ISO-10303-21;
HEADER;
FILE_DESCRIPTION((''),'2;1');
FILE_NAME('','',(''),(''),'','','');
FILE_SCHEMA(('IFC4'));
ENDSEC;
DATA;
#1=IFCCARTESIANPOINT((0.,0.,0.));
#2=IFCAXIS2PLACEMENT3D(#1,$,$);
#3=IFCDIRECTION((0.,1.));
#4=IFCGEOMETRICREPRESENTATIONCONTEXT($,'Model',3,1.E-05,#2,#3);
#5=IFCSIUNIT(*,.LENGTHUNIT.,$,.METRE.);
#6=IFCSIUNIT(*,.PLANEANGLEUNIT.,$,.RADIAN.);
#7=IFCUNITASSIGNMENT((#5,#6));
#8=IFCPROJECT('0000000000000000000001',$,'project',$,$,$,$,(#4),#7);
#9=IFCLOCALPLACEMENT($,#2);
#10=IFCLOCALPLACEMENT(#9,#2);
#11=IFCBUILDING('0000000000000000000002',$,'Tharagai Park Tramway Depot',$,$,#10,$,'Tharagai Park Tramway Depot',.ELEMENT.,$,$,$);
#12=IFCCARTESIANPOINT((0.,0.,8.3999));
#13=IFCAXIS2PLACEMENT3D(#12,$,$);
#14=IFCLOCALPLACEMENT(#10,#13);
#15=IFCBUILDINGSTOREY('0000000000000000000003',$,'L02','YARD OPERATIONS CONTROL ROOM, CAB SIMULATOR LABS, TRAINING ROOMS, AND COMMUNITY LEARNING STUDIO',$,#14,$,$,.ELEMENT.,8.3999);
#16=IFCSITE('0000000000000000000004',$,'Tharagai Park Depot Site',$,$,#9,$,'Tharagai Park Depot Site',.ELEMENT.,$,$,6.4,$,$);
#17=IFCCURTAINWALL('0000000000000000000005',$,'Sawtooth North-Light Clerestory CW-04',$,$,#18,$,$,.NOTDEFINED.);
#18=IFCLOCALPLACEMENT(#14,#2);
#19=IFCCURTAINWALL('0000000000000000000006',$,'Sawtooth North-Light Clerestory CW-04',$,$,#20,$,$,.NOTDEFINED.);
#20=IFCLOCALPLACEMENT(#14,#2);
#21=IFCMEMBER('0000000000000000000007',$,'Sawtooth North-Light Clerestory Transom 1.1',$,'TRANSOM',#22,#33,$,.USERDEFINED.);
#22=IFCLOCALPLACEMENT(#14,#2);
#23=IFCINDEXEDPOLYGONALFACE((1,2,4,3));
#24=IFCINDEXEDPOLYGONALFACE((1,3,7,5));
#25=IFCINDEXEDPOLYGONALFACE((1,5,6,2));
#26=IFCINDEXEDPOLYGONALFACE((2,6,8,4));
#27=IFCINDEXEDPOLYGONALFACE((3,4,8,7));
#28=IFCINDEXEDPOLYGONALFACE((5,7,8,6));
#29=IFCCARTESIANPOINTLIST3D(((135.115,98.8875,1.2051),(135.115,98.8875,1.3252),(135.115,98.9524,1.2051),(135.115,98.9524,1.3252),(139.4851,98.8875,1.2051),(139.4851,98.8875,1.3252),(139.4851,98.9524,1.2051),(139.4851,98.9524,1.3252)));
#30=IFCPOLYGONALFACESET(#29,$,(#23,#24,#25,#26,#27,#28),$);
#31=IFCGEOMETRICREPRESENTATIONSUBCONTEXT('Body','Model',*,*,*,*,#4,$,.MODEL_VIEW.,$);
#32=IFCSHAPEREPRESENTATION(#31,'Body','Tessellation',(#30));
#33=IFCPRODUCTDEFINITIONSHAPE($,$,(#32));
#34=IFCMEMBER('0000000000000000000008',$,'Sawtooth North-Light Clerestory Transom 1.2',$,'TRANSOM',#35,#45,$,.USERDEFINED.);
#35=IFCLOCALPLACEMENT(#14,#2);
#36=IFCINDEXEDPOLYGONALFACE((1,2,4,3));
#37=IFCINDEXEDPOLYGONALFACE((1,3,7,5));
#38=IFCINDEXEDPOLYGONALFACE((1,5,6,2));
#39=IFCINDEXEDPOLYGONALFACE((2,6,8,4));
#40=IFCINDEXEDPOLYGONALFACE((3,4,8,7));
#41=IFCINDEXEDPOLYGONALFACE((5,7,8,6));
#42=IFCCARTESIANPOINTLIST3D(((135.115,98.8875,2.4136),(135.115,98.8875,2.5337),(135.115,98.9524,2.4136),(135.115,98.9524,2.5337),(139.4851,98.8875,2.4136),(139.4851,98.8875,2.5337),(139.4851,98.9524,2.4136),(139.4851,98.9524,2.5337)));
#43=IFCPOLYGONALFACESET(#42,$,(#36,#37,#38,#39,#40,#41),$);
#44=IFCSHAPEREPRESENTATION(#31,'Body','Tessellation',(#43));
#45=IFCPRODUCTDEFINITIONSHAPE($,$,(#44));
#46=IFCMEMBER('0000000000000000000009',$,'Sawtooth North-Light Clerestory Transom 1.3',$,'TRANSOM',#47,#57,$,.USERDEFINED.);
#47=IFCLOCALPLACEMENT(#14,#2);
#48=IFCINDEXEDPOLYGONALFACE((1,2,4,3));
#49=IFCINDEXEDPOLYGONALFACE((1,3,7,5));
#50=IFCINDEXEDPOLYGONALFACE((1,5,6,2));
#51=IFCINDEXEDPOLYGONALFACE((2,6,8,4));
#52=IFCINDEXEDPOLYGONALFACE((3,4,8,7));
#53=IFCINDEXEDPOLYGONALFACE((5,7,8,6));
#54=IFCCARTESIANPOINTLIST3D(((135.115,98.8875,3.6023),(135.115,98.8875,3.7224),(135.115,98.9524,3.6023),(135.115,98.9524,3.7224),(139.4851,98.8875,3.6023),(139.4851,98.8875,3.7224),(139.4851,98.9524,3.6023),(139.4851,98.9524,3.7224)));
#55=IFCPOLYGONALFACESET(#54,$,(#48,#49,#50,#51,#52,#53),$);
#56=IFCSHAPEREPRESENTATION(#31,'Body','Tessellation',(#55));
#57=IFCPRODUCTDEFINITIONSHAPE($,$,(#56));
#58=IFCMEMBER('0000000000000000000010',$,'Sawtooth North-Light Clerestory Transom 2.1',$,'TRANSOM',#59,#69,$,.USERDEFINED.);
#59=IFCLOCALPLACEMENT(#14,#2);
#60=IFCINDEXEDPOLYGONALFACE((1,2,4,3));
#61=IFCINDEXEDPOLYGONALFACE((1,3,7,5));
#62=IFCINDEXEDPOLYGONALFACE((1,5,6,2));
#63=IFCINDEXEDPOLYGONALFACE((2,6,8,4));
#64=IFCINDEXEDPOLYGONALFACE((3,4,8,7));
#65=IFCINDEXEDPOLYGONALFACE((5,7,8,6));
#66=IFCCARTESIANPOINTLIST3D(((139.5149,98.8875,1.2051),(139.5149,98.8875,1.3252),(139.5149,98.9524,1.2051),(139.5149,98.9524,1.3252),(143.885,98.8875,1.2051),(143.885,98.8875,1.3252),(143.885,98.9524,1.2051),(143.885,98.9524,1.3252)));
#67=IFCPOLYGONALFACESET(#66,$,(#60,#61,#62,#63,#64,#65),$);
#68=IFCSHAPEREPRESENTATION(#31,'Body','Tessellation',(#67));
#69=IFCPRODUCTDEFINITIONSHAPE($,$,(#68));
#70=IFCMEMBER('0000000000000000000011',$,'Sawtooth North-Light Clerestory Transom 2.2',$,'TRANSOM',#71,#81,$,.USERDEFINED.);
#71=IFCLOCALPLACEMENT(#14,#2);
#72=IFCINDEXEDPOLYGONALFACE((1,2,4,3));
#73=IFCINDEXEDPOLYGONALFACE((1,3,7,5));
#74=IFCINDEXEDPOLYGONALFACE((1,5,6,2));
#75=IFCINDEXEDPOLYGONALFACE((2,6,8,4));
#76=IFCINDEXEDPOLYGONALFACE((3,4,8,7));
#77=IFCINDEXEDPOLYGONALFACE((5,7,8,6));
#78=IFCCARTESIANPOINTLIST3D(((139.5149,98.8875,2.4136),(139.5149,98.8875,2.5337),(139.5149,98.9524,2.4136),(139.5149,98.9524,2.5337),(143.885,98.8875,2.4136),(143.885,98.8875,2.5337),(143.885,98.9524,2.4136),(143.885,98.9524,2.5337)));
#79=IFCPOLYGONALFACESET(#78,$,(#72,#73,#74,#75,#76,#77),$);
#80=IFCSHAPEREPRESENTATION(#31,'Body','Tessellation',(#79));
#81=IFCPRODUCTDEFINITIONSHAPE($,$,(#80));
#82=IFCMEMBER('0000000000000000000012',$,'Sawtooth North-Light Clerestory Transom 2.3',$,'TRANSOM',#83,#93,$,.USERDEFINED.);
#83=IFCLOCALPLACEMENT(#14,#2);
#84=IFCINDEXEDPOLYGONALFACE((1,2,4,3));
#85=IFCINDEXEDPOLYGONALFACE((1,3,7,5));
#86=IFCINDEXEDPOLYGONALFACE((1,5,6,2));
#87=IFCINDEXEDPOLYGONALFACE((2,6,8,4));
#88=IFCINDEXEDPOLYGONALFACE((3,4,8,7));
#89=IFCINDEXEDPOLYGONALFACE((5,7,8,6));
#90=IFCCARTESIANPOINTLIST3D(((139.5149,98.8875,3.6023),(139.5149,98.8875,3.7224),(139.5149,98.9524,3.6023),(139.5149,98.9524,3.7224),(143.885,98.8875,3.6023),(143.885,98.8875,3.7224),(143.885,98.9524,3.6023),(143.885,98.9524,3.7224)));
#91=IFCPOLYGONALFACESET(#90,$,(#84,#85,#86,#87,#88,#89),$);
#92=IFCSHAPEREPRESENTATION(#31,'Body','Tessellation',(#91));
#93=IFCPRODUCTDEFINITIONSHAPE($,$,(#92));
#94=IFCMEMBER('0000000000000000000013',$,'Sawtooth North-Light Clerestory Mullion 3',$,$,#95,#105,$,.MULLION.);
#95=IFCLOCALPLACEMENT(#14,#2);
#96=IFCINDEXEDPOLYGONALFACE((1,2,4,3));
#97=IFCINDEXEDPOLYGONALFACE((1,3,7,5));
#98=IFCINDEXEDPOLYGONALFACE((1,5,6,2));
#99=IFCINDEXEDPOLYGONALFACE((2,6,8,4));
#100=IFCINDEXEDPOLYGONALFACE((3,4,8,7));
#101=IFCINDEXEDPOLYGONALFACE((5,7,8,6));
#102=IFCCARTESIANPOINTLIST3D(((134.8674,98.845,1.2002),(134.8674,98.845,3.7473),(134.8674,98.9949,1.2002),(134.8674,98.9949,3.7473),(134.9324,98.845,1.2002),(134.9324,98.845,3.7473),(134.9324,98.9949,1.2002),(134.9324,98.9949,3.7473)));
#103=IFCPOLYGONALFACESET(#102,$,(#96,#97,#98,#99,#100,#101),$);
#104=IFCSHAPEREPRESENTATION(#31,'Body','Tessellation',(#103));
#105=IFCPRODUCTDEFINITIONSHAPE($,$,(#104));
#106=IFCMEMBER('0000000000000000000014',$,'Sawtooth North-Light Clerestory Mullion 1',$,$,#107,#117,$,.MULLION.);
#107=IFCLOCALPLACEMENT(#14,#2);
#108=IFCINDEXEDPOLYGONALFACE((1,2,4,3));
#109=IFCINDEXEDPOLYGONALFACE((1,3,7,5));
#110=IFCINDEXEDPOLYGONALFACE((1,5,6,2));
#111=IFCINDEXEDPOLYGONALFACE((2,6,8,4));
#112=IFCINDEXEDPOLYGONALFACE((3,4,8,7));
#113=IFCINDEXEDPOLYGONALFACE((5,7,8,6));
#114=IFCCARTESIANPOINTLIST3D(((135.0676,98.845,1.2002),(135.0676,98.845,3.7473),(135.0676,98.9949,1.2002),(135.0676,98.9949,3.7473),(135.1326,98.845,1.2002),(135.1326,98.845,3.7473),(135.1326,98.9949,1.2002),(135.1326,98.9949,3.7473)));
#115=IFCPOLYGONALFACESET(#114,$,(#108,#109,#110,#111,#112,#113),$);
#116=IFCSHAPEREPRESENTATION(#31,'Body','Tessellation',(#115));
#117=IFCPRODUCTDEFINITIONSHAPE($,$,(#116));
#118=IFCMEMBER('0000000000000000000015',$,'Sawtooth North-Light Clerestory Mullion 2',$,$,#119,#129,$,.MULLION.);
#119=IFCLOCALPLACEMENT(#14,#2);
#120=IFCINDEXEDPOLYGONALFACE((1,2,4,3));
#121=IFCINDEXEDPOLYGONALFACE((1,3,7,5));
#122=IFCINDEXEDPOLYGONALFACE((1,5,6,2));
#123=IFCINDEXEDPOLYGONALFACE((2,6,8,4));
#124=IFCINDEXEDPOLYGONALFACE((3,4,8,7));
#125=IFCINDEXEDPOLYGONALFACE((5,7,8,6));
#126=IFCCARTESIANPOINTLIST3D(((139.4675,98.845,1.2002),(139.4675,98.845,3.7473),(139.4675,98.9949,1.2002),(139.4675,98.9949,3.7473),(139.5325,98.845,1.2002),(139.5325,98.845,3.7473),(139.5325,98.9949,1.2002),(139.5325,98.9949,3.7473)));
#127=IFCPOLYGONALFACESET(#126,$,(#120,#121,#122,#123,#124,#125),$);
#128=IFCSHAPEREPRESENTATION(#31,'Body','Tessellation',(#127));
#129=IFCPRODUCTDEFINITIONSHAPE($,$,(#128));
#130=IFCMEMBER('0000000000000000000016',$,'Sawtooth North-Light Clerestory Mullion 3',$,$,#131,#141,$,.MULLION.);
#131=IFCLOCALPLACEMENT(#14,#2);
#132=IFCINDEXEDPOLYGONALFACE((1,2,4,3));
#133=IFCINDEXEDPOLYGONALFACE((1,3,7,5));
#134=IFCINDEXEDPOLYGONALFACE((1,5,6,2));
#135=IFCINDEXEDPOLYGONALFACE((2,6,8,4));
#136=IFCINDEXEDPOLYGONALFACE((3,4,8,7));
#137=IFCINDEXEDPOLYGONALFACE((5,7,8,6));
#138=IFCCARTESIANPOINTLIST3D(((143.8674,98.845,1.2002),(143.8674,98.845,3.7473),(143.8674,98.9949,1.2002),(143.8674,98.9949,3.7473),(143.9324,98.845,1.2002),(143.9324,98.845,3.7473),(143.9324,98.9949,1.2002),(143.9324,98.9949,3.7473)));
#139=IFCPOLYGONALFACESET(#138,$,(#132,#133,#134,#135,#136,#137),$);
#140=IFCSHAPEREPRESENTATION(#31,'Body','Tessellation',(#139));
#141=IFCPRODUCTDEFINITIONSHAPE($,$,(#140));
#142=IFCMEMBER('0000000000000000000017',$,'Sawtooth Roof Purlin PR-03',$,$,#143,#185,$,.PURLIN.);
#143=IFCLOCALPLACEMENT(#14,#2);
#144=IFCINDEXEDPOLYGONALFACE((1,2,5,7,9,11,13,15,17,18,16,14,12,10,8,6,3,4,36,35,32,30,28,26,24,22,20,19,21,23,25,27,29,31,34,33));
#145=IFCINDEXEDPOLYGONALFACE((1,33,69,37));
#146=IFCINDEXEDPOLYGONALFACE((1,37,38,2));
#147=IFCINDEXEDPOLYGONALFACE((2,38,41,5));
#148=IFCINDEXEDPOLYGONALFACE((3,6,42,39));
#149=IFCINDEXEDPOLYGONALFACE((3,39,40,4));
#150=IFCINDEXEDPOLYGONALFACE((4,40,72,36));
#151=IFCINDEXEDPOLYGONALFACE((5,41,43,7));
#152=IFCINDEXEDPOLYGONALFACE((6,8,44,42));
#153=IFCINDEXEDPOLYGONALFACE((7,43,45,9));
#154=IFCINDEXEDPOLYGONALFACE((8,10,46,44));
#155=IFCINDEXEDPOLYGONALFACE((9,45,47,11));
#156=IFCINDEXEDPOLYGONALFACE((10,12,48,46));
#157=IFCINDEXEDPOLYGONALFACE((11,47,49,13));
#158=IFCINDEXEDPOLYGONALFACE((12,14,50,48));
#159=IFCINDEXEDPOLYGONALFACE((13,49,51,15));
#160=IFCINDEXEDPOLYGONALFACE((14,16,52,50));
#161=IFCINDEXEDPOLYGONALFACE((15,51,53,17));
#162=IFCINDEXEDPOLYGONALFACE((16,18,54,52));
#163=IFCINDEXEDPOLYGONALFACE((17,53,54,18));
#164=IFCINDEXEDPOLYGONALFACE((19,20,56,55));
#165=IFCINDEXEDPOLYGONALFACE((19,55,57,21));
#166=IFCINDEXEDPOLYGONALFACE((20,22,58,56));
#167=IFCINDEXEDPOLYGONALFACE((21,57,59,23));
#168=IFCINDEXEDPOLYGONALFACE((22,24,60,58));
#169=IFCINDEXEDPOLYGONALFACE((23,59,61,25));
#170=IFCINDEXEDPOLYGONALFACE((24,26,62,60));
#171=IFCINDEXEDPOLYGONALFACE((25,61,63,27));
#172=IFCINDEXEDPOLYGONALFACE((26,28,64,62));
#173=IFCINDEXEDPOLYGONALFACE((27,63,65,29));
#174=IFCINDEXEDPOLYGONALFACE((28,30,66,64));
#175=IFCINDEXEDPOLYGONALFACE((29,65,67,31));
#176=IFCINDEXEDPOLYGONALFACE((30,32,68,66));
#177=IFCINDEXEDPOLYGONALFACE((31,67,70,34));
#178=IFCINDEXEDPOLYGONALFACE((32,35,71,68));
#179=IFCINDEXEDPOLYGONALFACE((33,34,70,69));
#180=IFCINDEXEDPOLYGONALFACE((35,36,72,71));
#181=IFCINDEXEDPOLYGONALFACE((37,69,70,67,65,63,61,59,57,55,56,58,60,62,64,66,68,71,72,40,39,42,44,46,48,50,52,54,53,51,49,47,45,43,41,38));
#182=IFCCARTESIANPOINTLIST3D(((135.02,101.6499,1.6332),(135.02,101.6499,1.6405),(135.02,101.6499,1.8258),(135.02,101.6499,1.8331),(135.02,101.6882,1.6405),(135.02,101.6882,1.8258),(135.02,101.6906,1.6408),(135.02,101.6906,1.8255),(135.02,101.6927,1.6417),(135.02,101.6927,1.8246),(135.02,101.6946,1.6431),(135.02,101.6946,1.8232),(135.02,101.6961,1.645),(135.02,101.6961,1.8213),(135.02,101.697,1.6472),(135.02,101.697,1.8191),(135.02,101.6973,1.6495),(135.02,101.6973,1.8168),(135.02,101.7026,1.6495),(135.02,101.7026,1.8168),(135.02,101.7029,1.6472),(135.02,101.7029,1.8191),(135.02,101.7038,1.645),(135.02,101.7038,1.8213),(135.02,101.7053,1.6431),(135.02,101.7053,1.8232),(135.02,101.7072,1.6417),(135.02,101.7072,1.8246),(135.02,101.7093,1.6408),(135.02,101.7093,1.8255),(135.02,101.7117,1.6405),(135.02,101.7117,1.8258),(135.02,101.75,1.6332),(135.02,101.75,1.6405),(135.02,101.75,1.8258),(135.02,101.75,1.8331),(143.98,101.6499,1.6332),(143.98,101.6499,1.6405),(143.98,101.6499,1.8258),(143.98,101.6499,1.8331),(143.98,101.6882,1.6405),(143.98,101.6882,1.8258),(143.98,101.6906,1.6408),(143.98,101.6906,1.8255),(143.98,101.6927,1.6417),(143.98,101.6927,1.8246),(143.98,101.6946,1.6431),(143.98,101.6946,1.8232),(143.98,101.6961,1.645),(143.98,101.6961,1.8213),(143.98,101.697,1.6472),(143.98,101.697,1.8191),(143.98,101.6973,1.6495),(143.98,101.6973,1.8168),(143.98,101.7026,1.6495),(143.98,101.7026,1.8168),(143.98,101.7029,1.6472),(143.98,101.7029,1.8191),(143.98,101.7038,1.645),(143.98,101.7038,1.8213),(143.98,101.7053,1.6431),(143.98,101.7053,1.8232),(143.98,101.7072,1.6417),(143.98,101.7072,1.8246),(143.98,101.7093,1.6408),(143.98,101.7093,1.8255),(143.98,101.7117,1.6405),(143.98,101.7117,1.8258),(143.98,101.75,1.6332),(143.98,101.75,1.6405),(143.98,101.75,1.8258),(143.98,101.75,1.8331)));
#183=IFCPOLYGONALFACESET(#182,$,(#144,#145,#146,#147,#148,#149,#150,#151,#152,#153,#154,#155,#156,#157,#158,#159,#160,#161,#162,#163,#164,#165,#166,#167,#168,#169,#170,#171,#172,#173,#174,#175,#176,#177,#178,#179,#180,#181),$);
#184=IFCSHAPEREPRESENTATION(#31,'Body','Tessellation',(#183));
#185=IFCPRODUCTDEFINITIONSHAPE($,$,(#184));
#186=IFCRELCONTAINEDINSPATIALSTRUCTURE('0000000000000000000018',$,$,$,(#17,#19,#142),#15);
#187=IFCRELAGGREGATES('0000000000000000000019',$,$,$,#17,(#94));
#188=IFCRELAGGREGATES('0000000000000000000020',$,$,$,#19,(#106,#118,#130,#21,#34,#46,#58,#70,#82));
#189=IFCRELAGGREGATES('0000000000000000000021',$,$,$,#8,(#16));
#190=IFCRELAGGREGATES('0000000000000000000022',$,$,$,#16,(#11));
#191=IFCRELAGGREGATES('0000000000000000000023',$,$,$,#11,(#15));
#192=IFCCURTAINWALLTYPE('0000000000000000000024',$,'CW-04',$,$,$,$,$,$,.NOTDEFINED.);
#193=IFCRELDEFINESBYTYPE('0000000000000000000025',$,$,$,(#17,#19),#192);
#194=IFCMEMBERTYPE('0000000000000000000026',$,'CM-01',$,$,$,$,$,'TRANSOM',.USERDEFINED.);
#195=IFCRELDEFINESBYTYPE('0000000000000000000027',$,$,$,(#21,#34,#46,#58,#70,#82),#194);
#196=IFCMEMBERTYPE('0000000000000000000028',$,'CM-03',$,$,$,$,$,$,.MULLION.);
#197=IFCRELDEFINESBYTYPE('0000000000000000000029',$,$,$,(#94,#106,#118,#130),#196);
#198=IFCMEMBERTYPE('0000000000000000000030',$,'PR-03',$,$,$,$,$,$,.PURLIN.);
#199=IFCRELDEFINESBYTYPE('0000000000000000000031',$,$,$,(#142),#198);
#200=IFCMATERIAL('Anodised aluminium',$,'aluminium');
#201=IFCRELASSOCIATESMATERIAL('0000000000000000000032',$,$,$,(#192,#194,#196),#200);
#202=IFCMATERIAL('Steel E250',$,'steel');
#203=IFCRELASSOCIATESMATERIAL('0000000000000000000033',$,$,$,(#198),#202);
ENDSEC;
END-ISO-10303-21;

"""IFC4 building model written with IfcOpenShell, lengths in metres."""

from ifc_helpers import new_model, si_unit, direction, frame, origin, origin_2d, place, context, subcontext, project, spatial, rectangle, i_section, extrude, material, material_profile, profile_set, type_object, element, aggregate, save


model = new_model("IFC4")

# Units and contexts
model_context = context("Model", 3, precision=1e-05, world=origin(), true_north=direction((0.0, 1.0)))
body_context = subcontext(model_context, "Body", "Model", "MODEL_VIEW")
ifc_project = project(units=[si_unit("LENGTHUNIT", "METRE"), si_unit("PLANEANGLEUNIT", "RADIAN")], contexts=[model_context])

# Site, building, storey
site_placement = place(None, origin())
site = spatial("IfcSite", under=ifc_project, at=site_placement, Name="Tharagai Park Depot Site", LongName="Tharagai Park Depot Site", CompositionType="ELEMENT", RefElevation=6.4)
building_placement = place(site_placement, origin())
building = spatial("IfcBuilding", under=site, at=building_placement, Name="Tharagai Park Tramway Depot", LongName="Tharagai Park Tramway Depot", CompositionType="ELEMENT")
storey_placement = place(building_placement, frame((0.0, 0.0, 8.3999)))
storey = spatial("IfcBuildingStorey", under=building, at=storey_placement, Name="L02", Description="YARD OPERATIONS CONTROL ROOM, CAB SIMULATOR LABS, TRAINING ROOMS, AND COMMUNITY LEARNING STUDIO", CompositionType="ELEMENT", Elevation=8.3999)

# Curtain wall
ifc_material_1 = material(Name="Anodised aluminium", Category="aluminium")
curtain_wall_type = type_object("IfcCurtainWallType", Name="CW-04", PredefinedType="NOTDEFINED", material=ifc_material_1)
curtain_wall_1_placement = place(storey_placement, origin())
curtain_wall_1 = element("IfcCurtainWall", 1, at=curtain_wall_1_placement, inside=storey, type_object=curtain_wall_type, Name="Sawtooth North-Light Clerestory CW-04", PredefinedType="NOTDEFINED")
ifc_material_profile_1 = material_profile(ifc_material_1, rectangle(XDim=0.0649, YDim=0.1201, at=origin_2d()), Name="ALU 65x120")
ifc_profile_set_1 = profile_set([ifc_material_profile_1], Name="Anodised aluminium")
member_type_1 = type_object("IfcMemberType", Name="CM-01", ElementType="TRANSOM", PredefinedType="USERDEFINED", material=ifc_profile_set_1)

# Curtain wall, members
curtain_wall_2_placement = place(storey_placement, origin())
curtain_wall_2 = element("IfcCurtainWall", 2, at=curtain_wall_2_placement, inside=storey, type_object=curtain_wall_type, Name="Sawtooth North-Light Clerestory CW-04", PredefinedType="NOTDEFINED")
member_1_placement = place(storey_placement, frame((135.115, 98.9199, 1.2651), z_axis=(1.0, 0.0, 0.0), x_axis=(0.0, 1.0, 0.0)))
member_1 = element("IfcMember", 3, at=member_1_placement, type_object=member_type_1, Name="Sawtooth North-Light Clerestory Transom 1.1", ObjectType="TRANSOM", PredefinedType="USERDEFINED", context=body_context, shape_type="SweptSolid", body=[
    extrude(rectangle(XDim=0.0649, YDim=0.1201, at=origin_2d()), origin(), (0.0, 0.0, 1.0), 4.3701),
])
member_2_placement = place(storey_placement, frame((135.115, 98.9199, 2.4736), z_axis=(1.0, 0.0, 0.0), x_axis=(0.0, 1.0, 0.0)))
member_2 = element("IfcMember", 4, at=member_2_placement, type_object=member_type_1, Name="Sawtooth North-Light Clerestory Transom 1.2", ObjectType="TRANSOM", PredefinedType="USERDEFINED", context=body_context, shape_type="SweptSolid", body=[
    extrude(rectangle(XDim=0.0649, YDim=0.1201, at=origin_2d()), origin(), (0.0, 0.0, 1.0), 4.3701),
])
member_3_placement = place(storey_placement, frame((135.115, 98.9199, 3.6624), z_axis=(1.0, 0.0, 0.0), x_axis=(0.0, 1.0, 0.0)))
member_3 = element("IfcMember", 5, at=member_3_placement, type_object=member_type_1, Name="Sawtooth North-Light Clerestory Transom 1.3", ObjectType="TRANSOM", PredefinedType="USERDEFINED", context=body_context, shape_type="SweptSolid", body=[
    extrude(rectangle(XDim=0.0649, YDim=0.1201, at=origin_2d()), origin(), (0.0, 0.0, 1.0), 4.3701),
])
member_4_placement = place(storey_placement, frame((139.5149, 98.9199, 1.2651), z_axis=(1.0, 0.0, 0.0), x_axis=(0.0, 1.0, 0.0)))
member_4 = element("IfcMember", 6, at=member_4_placement, type_object=member_type_1, Name="Sawtooth North-Light Clerestory Transom 2.1", ObjectType="TRANSOM", PredefinedType="USERDEFINED", context=body_context, shape_type="SweptSolid", body=[
    extrude(rectangle(XDim=0.0649, YDim=0.1201, at=origin_2d()), origin(), (0.0, 0.0, 1.0), 4.3701),
])
member_5_placement = place(storey_placement, frame((139.5149, 98.9199, 2.4736), z_axis=(1.0, 0.0, 0.0), x_axis=(0.0, 1.0, 0.0)))
member_5 = element("IfcMember", 7, at=member_5_placement, type_object=member_type_1, Name="Sawtooth North-Light Clerestory Transom 2.2", ObjectType="TRANSOM", PredefinedType="USERDEFINED", context=body_context, shape_type="SweptSolid", body=[
    extrude(rectangle(XDim=0.0649, YDim=0.1201, at=origin_2d()), origin(), (0.0, 0.0, 1.0), 4.3701),
])
member_6_placement = place(storey_placement, frame((139.5149, 98.9199, 3.6624), z_axis=(1.0, 0.0, 0.0), x_axis=(0.0, 1.0, 0.0)))
member_6 = element("IfcMember", 8, at=member_6_placement, type_object=member_type_1, Name="Sawtooth North-Light Clerestory Transom 2.3", ObjectType="TRANSOM", PredefinedType="USERDEFINED", context=body_context, shape_type="SweptSolid", body=[
    extrude(rectangle(XDim=0.0649, YDim=0.1201, at=origin_2d()), origin(), (0.0, 0.0, 1.0), 4.3701),
])

# Members
ifc_material_profile_2 = material_profile(ifc_material_1, rectangle(XDim=0.0649, YDim=0.1499, at=origin_2d()), Name="ALU 65x150")
ifc_profile_set_2 = profile_set([ifc_material_profile_2], Name="Anodised aluminium")
member_type_2 = type_object("IfcMemberType", Name="CM-03", PredefinedType="MULLION", material=ifc_profile_set_2)
member_7_placement = place(storey_placement, frame((134.8999, 98.9199, 1.2002), z_axis=(0.0, 0.0, 1.0), x_axis=(1.0, 0.0, 0.0)))
member_7 = element("IfcMember", 9, at=member_7_placement, type_object=member_type_2, Name="Sawtooth North-Light Clerestory Mullion 3", PredefinedType="MULLION", context=body_context, shape_type="SweptSolid", body=[
    extrude(rectangle(XDim=0.0649, YDim=0.1499, at=origin_2d()), origin(), (0.0, 0.0, 1.0), 2.5471),
])
member_8_placement = place(storey_placement, frame((135.1001, 98.9199, 1.2002), z_axis=(0.0, 0.0, 1.0), x_axis=(1.0, 0.0, 0.0)))
member_8 = element("IfcMember", 10, at=member_8_placement, type_object=member_type_2, Name="Sawtooth North-Light Clerestory Mullion 1", PredefinedType="MULLION", context=body_context, shape_type="SweptSolid", body=[
    extrude(rectangle(XDim=0.0649, YDim=0.1499, at=origin_2d()), origin(), (0.0, 0.0, 1.0), 2.5471),
])
member_9_placement = place(storey_placement, frame((139.5, 98.9199, 1.2002), z_axis=(0.0, 0.0, 1.0), x_axis=(1.0, 0.0, 0.0)))
member_9 = element("IfcMember", 11, at=member_9_placement, type_object=member_type_2, Name="Sawtooth North-Light Clerestory Mullion 2", PredefinedType="MULLION", context=body_context, shape_type="SweptSolid", body=[
    extrude(rectangle(XDim=0.0649, YDim=0.1499, at=origin_2d()), origin(), (0.0, 0.0, 1.0), 2.5471),
])
member_10_placement = place(storey_placement, frame((143.8999, 98.9199, 1.2002), z_axis=(0.0, 0.0, 1.0), x_axis=(1.0, 0.0, 0.0)))
member_10 = element("IfcMember", 12, at=member_10_placement, type_object=member_type_2, Name="Sawtooth North-Light Clerestory Mullion 3", PredefinedType="MULLION", context=body_context, shape_type="SweptSolid", body=[
    extrude(rectangle(XDim=0.0649, YDim=0.1499, at=origin_2d()), origin(), (0.0, 0.0, 1.0), 2.5471),
])

# Member
ifc_material_2 = material(Name="Steel E250", Category="steel")
ifc_material_profile_3 = material_profile(ifc_material_2, i_section(OverallWidth=0.1001, OverallDepth=0.2, WebThickness=0.0054, FlangeThickness=0.0073, FilletRadius=0.009, at=origin_2d()), Name="ISLB 200")
ifc_profile_set_3 = profile_set([ifc_material_profile_3], Name="Steel E250")
member_type_3 = type_object("IfcMemberType", Name="PR-03", PredefinedType="PURLIN", material=ifc_profile_set_3)
for number, where, z_axis, x_axis, name in (
    (13, (135.02, 101.7, 1.7332), (1.0, 0.0, 0.0), (0.0, 1.0, 0.0), "Sawtooth Roof Purlin PR-03"),
):
    element("IfcMember", number, at=place(storey_placement, frame(where, z_axis=z_axis, x_axis=x_axis)), inside=storey, type_object=member_type_3, Name=name, PredefinedType="PURLIN", context=body_context, shape_type="SweptSolid", body=[
        extrude(i_section(OverallWidth=0.1001, OverallDepth=0.2, WebThickness=0.0054, FlangeThickness=0.0073, FilletRadius=0.009, at=origin_2d()), origin(), (0.0, 0.0, 1.0), 8.96),
    ])

aggregate(curtain_wall_1, [member_7])
aggregate(curtain_wall_2, [member_8, member_9, member_10, member_1, member_2, member_3, member_4, member_5, member_6])

save(model, "model.ifc")
